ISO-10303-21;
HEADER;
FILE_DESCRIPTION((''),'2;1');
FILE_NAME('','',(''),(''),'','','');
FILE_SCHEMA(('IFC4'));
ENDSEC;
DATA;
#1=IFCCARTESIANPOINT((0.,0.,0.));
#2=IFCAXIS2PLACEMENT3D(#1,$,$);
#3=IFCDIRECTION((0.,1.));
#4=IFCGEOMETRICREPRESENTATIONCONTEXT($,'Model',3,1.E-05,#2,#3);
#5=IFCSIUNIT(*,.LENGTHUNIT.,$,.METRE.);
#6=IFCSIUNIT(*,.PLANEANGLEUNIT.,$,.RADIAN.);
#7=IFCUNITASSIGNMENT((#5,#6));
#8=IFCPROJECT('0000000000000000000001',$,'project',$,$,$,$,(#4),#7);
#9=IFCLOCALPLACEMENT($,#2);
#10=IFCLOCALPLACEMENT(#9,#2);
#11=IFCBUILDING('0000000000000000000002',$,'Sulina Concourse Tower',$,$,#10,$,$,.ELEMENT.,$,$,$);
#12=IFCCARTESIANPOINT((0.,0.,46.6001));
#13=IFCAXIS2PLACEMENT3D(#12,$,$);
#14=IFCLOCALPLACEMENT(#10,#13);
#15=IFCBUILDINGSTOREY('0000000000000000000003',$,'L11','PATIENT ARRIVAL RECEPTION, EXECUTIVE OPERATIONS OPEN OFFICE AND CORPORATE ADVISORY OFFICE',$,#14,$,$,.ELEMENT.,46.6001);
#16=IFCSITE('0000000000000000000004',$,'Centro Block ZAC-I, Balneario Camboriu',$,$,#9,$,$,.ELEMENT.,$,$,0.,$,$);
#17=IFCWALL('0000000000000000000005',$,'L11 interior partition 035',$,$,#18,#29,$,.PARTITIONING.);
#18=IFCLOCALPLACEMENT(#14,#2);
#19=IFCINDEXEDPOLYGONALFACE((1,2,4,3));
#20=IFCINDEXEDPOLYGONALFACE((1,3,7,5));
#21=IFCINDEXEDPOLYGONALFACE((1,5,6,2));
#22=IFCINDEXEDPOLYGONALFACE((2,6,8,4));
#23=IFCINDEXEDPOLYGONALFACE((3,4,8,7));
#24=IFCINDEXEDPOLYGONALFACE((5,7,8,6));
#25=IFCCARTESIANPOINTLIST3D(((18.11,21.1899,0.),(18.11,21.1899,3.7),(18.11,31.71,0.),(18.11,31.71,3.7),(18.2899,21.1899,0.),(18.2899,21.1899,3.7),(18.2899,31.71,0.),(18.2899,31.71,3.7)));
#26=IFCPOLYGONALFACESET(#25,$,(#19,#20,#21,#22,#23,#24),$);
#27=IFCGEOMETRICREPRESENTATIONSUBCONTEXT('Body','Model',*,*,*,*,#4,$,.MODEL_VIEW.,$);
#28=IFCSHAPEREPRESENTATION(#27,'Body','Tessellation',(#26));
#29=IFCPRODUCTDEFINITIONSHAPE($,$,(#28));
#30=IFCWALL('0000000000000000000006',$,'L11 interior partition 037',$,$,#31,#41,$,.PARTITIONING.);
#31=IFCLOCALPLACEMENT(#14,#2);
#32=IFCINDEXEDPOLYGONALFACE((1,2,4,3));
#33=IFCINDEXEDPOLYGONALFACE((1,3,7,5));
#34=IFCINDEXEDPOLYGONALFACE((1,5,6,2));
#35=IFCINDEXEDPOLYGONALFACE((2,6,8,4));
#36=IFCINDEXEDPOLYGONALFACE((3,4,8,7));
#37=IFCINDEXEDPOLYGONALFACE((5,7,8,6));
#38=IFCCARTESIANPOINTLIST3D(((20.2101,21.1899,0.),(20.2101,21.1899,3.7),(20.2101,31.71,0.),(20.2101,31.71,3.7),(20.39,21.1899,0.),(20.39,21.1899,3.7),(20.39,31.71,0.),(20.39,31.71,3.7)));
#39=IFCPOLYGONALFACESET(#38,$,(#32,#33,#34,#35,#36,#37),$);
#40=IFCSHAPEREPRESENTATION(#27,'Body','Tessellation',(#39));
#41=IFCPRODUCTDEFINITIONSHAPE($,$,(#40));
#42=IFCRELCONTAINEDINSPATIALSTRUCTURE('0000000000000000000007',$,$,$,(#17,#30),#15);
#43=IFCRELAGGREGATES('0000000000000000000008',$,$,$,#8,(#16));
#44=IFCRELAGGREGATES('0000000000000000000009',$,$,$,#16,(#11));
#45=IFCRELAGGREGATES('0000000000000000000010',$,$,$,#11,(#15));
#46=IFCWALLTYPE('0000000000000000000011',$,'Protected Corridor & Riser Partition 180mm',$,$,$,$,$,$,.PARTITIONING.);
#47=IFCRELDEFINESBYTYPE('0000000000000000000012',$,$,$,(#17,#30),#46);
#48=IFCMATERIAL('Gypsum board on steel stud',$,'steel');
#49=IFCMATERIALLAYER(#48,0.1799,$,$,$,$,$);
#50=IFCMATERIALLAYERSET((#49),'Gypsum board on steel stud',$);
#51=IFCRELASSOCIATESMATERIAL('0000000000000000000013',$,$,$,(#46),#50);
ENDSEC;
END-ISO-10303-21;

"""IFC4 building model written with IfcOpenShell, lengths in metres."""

from ifc_helpers import new_model, si_unit, direction, frame, frame_2d, origin, place, context, subcontext, project, spatial, rectangle, extrude, material, layer, layer_set, type_object, element, save


model = new_model("IFC4")

# Units and contexts
model_context = context("Model", 3, precision=1e-05, world=origin(), true_north=direction((0.0, 1.0)))
body_context = subcontext(model_context, "Body", "Model", "MODEL_VIEW")
ifc_project = project(units=[si_unit("LENGTHUNIT", "METRE"), si_unit("PLANEANGLEUNIT", "RADIAN")], contexts=[model_context])

# Site, building, storey
site_placement = place(None, origin())
site = spatial("IfcSite", under=ifc_project, at=site_placement, Name="Centro Block ZAC-I, Balneario Camboriu", CompositionType="ELEMENT", RefElevation=0.0)
building_placement = place(site_placement, origin())
building = spatial("IfcBuilding", under=site, at=building_placement, Name="Sulina Concourse Tower", CompositionType="ELEMENT")
storey_placement = place(building_placement, frame((0.0, 0.0, 46.6001)))
storey = spatial("IfcBuildingStorey", under=building, at=storey_placement, Name="L11", Description="PATIENT ARRIVAL RECEPTION, EXECUTIVE OPERATIONS OPEN OFFICE AND CORPORATE ADVISORY OFFICE", CompositionType="ELEMENT", Elevation=46.6001)

# Shared definitions
ifc_material_1 = material(Name="Gypsum board on steel stud", Category="steel")
ifc_layer_1 = layer(ifc_material_1, 0.1799)
ifc_layer_set_1 = layer_set([ifc_layer_1], Name="Gypsum board on steel stud")
wall_type_1 = type_object("IfcWallType", Name="Protected Corridor & Riser Partition 180mm", PredefinedType="PARTITIONING", material=ifc_layer_set_1)

# Walls
for number, where, z_axis, x_axis, name in (
    (1, (18.2, 21.1899, 0.0), (0.0, 0.0, 1.0), (0.0, 1.0, 0.0), "L11 interior partition 035"),
    (2, (20.3, 21.1899, 0.0), (0.0, 0.0, 1.0), (0.0, 1.0, 0.0), "L11 interior partition 037"),
):
    element("IfcWall", number, at=place(storey_placement, frame(where, z_axis=z_axis, x_axis=x_axis)), inside=storey, type_object=wall_type_1, Name=name, PredefinedType="PARTITIONING", context=body_context, shape_type="SweptSolid", body=[
        extrude(rectangle(XDim=10.52, YDim=0.1799, at=frame_2d((5.26, 0.0))), origin(), (0.0, 0.0, 1.0), 3.7),
    ])

save(model, "model.ifc")
